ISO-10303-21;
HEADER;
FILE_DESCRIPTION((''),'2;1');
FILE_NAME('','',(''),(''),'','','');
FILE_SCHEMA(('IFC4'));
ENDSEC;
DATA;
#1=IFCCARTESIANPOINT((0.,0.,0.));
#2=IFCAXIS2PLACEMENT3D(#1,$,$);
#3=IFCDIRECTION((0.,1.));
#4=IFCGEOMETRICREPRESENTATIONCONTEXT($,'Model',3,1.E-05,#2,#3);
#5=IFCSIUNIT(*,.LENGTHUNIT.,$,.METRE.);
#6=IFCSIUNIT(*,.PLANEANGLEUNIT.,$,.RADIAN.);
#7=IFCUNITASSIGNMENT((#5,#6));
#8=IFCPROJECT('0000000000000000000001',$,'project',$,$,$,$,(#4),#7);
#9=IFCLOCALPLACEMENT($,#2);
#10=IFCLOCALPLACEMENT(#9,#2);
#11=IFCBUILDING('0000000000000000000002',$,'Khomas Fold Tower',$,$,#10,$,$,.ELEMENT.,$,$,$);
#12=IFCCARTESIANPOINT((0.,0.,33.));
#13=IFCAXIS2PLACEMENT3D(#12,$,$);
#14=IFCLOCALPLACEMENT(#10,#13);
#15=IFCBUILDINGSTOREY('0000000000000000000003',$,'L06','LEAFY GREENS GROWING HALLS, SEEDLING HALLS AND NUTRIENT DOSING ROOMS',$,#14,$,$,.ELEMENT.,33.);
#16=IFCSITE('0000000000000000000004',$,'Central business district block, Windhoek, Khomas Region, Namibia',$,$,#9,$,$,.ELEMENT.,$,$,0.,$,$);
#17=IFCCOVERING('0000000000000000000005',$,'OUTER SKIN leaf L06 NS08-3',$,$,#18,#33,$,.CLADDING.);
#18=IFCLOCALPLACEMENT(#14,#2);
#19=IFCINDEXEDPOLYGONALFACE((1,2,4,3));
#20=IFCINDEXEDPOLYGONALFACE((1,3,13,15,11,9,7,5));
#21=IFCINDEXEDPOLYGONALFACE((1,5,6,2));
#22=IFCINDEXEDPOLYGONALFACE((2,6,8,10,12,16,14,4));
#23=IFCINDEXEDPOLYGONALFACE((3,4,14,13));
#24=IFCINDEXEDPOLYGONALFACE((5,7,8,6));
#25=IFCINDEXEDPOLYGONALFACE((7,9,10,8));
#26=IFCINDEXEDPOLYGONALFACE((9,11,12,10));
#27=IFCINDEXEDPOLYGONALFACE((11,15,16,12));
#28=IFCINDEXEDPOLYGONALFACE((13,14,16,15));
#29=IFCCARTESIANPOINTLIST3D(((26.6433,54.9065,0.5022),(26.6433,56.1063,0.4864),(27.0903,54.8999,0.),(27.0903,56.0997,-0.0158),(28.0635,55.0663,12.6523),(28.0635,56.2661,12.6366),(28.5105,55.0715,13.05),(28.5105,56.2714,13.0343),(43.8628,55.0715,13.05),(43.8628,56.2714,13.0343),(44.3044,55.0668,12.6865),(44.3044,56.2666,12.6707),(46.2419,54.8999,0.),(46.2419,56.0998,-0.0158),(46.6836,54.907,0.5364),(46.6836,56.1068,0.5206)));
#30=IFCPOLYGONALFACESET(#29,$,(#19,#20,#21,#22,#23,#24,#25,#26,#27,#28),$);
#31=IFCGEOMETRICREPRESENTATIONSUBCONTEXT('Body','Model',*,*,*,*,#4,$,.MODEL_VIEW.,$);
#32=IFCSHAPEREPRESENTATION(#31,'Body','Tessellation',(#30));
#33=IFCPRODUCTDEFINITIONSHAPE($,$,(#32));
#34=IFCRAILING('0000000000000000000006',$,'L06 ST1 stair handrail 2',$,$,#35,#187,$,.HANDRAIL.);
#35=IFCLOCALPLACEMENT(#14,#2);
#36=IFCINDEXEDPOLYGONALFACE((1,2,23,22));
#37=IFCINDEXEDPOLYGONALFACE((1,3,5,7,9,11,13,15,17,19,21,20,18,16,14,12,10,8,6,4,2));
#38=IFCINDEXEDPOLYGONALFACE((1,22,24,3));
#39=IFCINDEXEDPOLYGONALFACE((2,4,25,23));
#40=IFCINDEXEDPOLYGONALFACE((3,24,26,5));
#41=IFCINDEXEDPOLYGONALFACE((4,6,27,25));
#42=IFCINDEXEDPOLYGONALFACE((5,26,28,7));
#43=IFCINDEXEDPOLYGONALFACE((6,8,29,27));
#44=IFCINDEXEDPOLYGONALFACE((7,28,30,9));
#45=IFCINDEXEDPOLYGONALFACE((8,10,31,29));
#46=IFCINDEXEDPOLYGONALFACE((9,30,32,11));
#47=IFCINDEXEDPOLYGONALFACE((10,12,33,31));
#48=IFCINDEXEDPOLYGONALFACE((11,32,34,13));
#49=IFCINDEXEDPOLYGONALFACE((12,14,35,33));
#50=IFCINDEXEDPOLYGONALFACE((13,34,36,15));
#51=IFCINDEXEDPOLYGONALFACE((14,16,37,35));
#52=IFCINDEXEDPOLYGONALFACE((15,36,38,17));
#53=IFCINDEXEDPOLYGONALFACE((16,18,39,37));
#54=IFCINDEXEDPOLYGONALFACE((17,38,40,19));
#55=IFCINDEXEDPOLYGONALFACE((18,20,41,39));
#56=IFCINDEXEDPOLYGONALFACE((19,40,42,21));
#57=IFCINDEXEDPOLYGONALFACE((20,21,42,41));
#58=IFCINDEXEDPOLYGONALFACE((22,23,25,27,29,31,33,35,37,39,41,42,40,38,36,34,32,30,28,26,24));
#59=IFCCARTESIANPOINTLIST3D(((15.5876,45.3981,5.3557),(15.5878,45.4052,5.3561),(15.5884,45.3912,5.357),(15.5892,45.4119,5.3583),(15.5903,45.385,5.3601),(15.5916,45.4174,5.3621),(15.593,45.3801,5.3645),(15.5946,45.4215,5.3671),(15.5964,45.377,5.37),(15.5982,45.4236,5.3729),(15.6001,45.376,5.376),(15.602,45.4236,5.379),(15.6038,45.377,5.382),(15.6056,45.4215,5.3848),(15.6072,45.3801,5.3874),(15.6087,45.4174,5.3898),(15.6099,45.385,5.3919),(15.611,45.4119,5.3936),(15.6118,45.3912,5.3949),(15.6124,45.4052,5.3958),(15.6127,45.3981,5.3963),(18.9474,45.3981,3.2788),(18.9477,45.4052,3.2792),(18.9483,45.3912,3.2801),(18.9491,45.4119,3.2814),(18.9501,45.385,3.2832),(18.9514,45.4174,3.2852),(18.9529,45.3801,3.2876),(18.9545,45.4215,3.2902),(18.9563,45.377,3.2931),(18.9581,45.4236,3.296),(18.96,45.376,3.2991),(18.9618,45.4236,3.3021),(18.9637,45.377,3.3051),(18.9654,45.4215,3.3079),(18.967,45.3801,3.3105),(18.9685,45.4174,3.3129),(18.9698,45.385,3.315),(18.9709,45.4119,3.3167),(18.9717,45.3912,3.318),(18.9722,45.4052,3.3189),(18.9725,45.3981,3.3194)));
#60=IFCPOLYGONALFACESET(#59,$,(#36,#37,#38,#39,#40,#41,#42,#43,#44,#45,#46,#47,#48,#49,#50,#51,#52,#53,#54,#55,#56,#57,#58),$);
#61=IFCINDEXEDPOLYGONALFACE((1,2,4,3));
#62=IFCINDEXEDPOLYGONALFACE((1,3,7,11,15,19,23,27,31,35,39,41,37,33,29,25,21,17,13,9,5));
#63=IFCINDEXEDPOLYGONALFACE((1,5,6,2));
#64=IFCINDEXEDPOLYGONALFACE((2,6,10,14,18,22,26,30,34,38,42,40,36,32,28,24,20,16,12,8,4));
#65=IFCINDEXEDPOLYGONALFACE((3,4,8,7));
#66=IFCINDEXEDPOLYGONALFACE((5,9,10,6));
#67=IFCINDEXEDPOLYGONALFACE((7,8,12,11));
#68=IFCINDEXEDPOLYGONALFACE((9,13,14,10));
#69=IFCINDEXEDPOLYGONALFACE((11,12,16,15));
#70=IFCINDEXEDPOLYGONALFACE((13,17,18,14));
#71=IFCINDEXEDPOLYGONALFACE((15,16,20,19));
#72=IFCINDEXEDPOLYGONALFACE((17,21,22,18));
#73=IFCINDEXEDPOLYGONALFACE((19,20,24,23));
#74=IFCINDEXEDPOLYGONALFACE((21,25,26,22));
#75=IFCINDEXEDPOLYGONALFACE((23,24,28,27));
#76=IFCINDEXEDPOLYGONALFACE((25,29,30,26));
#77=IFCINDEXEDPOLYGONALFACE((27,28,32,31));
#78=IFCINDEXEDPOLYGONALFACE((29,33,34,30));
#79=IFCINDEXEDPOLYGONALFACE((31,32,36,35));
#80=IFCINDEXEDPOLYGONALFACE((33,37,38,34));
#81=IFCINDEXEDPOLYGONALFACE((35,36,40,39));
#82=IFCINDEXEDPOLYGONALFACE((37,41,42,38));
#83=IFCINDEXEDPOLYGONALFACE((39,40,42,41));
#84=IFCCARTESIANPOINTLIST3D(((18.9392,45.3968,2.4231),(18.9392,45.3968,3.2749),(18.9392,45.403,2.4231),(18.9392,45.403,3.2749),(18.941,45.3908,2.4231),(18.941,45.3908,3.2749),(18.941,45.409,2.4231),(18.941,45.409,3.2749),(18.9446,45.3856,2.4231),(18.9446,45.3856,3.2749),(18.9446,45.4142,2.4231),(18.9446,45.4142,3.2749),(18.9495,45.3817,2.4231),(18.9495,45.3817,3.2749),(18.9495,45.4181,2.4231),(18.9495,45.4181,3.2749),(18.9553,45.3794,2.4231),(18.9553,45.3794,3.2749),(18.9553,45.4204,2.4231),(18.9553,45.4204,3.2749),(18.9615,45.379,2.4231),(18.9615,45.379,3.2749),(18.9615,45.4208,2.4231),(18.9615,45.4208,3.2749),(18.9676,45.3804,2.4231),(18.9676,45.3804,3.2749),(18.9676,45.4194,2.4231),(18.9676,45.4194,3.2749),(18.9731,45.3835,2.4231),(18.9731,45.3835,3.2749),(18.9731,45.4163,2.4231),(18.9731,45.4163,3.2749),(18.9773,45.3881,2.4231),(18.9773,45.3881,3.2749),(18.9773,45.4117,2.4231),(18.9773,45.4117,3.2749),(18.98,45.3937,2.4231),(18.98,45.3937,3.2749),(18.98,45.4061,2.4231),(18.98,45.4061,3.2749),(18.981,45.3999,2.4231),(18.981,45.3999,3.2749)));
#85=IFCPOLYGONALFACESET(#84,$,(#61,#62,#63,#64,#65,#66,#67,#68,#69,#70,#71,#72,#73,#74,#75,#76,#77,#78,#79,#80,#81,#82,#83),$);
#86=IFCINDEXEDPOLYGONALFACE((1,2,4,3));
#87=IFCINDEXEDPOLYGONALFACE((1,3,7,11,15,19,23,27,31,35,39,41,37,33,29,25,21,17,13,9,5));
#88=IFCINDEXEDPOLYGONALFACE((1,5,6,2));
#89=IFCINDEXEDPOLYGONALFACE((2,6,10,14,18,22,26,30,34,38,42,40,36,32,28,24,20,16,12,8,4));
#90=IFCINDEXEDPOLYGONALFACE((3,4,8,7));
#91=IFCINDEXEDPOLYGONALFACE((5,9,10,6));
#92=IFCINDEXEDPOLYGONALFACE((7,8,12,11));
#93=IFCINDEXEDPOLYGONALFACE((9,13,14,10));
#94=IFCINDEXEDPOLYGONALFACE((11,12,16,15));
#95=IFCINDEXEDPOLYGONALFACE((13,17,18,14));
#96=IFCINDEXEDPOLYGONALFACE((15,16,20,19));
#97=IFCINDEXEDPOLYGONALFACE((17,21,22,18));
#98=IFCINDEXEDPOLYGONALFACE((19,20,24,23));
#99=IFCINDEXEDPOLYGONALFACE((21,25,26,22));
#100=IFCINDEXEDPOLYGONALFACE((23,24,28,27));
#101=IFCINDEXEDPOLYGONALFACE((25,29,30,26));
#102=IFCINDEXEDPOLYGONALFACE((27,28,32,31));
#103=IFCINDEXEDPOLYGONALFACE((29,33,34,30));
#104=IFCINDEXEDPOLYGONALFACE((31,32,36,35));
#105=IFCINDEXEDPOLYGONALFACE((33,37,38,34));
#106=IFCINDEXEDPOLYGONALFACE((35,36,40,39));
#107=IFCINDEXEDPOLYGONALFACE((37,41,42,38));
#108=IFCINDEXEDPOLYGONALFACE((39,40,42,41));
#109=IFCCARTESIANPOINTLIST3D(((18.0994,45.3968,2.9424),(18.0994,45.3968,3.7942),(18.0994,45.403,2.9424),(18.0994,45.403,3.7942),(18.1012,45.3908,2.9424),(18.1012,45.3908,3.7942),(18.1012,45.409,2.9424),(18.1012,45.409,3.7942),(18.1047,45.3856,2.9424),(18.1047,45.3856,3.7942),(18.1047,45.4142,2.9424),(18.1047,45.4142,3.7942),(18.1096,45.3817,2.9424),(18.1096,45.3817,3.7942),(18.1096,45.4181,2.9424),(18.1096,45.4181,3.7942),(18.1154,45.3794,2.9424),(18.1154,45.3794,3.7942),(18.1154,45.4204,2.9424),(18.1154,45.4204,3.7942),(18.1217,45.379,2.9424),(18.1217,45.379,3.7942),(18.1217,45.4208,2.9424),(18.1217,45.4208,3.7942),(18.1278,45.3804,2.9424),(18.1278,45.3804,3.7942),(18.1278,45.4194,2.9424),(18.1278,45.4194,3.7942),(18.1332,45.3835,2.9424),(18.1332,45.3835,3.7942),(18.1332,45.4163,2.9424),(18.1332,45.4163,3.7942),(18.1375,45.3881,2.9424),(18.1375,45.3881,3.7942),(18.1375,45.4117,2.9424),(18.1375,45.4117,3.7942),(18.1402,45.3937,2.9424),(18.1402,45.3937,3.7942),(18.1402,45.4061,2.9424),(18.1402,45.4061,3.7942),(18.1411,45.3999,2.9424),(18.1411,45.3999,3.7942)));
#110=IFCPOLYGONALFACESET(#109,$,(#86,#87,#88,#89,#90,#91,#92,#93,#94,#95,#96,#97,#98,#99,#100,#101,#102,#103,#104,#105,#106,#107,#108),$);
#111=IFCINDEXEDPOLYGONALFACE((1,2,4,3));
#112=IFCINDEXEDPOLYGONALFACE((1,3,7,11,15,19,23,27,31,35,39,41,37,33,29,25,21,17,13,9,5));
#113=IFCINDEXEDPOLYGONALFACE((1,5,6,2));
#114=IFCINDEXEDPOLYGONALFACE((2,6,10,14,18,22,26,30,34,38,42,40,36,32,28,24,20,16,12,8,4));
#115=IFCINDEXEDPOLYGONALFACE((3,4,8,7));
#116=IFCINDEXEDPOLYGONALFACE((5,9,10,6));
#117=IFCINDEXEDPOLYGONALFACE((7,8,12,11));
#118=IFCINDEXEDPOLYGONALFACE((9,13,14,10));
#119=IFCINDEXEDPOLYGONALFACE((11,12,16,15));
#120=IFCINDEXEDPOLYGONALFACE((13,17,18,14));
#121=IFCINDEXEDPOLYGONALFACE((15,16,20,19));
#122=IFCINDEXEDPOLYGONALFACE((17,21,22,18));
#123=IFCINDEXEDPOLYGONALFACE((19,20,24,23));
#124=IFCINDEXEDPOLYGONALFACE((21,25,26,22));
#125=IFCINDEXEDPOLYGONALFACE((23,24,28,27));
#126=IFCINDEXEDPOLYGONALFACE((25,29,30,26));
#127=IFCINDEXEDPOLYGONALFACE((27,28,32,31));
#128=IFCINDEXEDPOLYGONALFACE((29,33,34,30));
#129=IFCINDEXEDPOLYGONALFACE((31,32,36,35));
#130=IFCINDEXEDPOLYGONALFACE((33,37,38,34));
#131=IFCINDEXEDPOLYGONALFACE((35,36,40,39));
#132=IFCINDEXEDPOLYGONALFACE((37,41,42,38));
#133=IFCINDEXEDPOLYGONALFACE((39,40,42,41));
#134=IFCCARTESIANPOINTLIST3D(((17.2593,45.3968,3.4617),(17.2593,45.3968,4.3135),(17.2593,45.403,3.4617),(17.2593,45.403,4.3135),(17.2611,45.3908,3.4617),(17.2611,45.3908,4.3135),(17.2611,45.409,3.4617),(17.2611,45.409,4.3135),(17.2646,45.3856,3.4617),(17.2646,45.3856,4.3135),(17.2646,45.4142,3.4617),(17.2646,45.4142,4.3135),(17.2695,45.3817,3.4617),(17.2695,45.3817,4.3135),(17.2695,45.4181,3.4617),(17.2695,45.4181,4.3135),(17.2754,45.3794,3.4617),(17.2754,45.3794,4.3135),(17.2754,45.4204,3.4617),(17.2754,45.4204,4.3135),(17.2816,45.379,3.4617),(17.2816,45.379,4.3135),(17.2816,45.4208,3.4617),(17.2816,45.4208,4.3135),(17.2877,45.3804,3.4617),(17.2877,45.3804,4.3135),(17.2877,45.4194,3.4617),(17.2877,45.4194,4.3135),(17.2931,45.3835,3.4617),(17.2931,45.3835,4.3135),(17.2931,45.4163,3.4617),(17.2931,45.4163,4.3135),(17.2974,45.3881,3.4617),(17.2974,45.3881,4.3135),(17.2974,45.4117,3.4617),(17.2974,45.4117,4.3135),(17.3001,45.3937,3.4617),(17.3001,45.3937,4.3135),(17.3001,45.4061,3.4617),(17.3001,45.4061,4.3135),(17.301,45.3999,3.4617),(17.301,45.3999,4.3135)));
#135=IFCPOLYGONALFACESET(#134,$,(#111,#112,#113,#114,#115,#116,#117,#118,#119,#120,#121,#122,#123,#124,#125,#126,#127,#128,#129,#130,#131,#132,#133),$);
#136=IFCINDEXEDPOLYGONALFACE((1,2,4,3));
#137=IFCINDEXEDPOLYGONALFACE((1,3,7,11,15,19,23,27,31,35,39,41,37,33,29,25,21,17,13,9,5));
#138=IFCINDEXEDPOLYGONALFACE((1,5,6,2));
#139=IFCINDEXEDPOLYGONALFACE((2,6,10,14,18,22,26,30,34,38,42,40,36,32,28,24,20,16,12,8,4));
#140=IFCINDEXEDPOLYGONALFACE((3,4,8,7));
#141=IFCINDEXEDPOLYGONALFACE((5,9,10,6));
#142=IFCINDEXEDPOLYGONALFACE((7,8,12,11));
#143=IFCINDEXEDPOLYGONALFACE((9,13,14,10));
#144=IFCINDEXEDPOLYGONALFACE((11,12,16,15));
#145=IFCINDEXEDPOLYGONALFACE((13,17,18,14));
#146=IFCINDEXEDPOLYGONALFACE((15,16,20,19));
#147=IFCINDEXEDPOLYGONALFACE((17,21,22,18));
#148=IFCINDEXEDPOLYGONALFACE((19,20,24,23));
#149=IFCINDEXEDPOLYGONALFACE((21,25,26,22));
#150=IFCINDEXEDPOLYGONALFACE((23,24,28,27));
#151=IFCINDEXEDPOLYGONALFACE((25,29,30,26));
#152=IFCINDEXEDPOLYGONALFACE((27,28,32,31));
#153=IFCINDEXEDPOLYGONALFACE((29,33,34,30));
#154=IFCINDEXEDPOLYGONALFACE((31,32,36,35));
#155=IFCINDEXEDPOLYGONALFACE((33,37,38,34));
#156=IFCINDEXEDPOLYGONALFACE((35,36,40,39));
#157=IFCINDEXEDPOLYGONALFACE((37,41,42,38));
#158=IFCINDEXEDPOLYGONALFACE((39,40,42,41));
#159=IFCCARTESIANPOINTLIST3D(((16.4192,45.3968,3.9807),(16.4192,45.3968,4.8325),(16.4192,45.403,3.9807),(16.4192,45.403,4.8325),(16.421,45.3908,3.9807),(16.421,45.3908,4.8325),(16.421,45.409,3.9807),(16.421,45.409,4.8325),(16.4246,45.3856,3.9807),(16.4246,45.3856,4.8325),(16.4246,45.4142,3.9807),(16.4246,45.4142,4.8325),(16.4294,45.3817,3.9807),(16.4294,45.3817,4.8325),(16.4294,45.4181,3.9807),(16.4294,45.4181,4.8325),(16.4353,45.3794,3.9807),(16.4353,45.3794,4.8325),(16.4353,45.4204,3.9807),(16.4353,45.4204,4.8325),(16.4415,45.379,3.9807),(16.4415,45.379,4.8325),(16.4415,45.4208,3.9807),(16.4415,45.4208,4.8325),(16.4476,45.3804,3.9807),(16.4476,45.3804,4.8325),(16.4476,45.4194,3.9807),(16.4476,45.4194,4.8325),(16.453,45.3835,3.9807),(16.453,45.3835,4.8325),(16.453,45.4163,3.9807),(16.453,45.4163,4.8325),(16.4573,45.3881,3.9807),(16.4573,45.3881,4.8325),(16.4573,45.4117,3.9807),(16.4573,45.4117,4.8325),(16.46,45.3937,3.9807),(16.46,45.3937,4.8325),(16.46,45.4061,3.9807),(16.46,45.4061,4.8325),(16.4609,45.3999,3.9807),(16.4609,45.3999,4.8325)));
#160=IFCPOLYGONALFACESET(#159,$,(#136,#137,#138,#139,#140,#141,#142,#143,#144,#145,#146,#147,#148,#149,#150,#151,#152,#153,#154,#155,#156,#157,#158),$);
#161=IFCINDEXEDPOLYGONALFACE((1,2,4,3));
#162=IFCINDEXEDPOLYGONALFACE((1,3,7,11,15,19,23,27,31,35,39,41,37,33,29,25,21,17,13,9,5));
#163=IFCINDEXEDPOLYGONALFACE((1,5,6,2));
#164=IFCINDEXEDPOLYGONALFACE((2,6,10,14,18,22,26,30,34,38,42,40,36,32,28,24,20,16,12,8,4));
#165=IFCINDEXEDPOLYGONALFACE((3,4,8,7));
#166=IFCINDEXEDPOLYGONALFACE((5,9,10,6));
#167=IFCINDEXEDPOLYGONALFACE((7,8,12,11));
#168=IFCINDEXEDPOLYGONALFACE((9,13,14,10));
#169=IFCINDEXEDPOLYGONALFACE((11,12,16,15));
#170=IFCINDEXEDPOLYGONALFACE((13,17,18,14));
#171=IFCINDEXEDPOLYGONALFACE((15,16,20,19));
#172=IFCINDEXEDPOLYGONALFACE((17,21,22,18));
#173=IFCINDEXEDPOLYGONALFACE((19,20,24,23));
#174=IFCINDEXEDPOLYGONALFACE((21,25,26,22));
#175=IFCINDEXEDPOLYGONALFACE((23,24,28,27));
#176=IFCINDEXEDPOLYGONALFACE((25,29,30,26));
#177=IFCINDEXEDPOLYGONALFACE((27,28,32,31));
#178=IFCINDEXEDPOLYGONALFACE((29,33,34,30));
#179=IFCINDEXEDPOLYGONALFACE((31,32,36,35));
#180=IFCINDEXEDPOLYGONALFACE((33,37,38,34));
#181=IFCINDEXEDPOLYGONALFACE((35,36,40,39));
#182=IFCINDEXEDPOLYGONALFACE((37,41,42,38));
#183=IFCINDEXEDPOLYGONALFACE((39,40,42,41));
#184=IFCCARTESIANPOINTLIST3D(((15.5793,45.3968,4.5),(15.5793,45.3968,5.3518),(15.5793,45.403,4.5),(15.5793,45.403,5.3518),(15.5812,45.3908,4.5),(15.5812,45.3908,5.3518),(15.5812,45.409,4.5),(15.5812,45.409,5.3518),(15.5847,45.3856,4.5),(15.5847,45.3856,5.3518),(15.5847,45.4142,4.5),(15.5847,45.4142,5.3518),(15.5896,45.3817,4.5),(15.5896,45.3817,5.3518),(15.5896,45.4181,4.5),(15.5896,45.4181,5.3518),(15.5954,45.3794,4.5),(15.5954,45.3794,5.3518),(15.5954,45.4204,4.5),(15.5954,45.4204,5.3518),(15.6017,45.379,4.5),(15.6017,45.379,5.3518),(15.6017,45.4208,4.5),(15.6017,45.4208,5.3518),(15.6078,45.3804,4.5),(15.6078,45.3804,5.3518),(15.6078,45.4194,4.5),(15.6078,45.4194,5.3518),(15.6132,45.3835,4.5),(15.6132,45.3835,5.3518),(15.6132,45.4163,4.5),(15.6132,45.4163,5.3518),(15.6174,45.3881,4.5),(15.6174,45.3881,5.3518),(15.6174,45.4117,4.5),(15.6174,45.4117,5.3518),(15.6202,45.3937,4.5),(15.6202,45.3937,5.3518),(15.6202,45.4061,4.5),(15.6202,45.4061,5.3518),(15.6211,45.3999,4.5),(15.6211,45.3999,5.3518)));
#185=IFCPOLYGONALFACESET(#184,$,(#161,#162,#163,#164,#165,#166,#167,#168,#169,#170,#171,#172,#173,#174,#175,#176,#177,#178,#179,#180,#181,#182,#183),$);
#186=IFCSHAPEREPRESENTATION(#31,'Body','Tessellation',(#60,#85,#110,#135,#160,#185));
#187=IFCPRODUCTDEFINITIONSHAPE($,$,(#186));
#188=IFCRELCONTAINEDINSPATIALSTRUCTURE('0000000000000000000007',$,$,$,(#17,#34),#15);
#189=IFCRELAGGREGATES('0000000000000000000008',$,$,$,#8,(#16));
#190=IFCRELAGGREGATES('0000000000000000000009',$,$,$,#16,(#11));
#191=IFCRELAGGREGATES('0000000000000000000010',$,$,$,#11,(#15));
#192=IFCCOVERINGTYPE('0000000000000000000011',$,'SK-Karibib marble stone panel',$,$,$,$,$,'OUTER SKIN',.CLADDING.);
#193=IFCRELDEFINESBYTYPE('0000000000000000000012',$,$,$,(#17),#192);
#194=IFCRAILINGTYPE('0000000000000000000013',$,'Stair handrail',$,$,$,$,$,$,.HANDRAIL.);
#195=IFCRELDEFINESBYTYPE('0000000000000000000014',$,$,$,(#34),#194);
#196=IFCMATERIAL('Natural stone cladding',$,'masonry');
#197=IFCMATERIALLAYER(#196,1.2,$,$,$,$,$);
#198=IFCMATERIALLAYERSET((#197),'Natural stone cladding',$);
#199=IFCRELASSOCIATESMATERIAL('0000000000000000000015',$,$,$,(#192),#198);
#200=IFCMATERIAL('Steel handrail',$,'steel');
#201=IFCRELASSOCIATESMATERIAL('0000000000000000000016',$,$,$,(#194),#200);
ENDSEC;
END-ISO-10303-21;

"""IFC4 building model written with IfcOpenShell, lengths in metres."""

from ifc_helpers import new_model, si_unit, direction, frame, origin, origin_2d, place, context, subcontext, project, spatial, polyline, circle, outline, extrude, source, transform, mapped, material, layer, layer_set, type_object, element, save


model = new_model("IFC4")

# Units and contexts
model_context = context("Model", 3, precision=1e-05, world=origin(), true_north=direction((0.0, 1.0)))
body_context = subcontext(model_context, "Body", "Model", "MODEL_VIEW")
ifc_project = project(units=[si_unit("LENGTHUNIT", "METRE"), si_unit("PLANEANGLEUNIT", "RADIAN")], contexts=[model_context])

# Site, building, storey
site_placement = place(None, origin())
site = spatial("IfcSite", under=ifc_project, at=site_placement, Name="Central business district block, Windhoek, Khomas Region, Namibia", CompositionType="ELEMENT", RefElevation=0.0)
building_placement = place(site_placement, origin())
building = spatial("IfcBuilding", under=site, at=building_placement, Name="Khomas Fold Tower", CompositionType="ELEMENT")
storey_placement = place(building_placement, frame((0.0, 0.0, 33.0)))
storey = spatial("IfcBuildingStorey", under=building, at=storey_placement, Name="L06", Description="LEAFY GREENS GROWING HALLS, SEEDLING HALLS AND NUTRIENT DOSING ROOMS", CompositionType="ELEMENT", Elevation=33.0)

# Covering
ifc_material_1 = material(Name="Natural stone cladding", Category="masonry")
ifc_layer_1 = layer(ifc_material_1, 1.2)
ifc_layer_set_1 = layer_set([ifc_layer_1], Name="Natural stone cladding")
covering_type = type_object("IfcCoveringType", Name="SK-Karibib marble stone panel", ElementType="OUTER SKIN", PredefinedType="CLADDING", material=ifc_layer_set_1)
covering_1_placement = place(storey_placement, frame((26.6433, 54.9065, 0.5022), z_axis=(0.000002, -0.999914, 0.01315), x_axis=(0.116084, 0.013061, 0.993153)))
element("IfcCovering", 1, at=covering_1_placement, inside=storey, type_object=covering_type, Name="OUTER SKIN leaf L06 NS08-3", PredefinedType="CLADDING", context=body_context, shape_type="SweptSolid", body=[
    extrude(outline(polyline([(0.0, 0.0), (12.2339, 0.0), (12.6808, -0.3978), (14.463, -15.6463), (14.1532, -16.1272), (2.3603, -19.9008), (1.7763, -19.5244), (-0.447, -0.5023), (0.0, 0.0)])), origin(), (0.0, 0.0, -1.0), 1.2),
])

# Railing
ifc_material_2 = material(Name="Steel handrail", Category="steel")
railing_type = type_object("IfcRailingType", Name="Stair handrail", PredefinedType="HANDRAIL", material=ifc_material_2)
shared_shape_1 = source(origin(), body_context, "Body", "SweptSolid", [
    extrude(circle(Radius=0.0239, at=origin_2d()), frame((0.0, 0.0, 0.876), z_axis=(-0.850606, 0.0, 0.525803), x_axis=(0.0, -1.0, 0.0)), (0.0, 0.0, 1.0), 3.95),
    extrude(circle(Radius=0.021, at=origin_2d()), origin(), (0.0, 0.0, 1.0), 0.8518),
    extrude(circle(Radius=0.021, at=origin_2d()), frame((-0.8398, 0.0, 0.5193)), (0.0, 0.0, 1.0), 0.8518),
    extrude(circle(Radius=0.021, at=origin_2d()), frame((-1.6799, 0.0, 1.0386)), (0.0, 0.0, 1.0), 0.8518),
    extrude(circle(Radius=0.021, at=origin_2d()), frame((-2.52, 0.0, 1.5576)), (0.0, 0.0, 1.0), 0.8518),
    extrude(circle(Radius=0.021, at=origin_2d()), frame((-3.3599, 0.0, 2.0769)), (0.0, 0.0, 1.0), 0.8518),
])
railing_1_placement = place(storey_placement, frame((18.96, 45.3999, 2.4231)))
element("IfcRailing", 2, at=railing_1_placement, inside=storey, type_object=railing_type, Name="L06 ST1 stair handrail 2", PredefinedType="HANDRAIL", context=body_context, shape_type="MappedRepresentation", body=[
    mapped(shared_shape_1, transform((0.0, 0.0, 0.0))),
])

save(model, "model.ifc")
